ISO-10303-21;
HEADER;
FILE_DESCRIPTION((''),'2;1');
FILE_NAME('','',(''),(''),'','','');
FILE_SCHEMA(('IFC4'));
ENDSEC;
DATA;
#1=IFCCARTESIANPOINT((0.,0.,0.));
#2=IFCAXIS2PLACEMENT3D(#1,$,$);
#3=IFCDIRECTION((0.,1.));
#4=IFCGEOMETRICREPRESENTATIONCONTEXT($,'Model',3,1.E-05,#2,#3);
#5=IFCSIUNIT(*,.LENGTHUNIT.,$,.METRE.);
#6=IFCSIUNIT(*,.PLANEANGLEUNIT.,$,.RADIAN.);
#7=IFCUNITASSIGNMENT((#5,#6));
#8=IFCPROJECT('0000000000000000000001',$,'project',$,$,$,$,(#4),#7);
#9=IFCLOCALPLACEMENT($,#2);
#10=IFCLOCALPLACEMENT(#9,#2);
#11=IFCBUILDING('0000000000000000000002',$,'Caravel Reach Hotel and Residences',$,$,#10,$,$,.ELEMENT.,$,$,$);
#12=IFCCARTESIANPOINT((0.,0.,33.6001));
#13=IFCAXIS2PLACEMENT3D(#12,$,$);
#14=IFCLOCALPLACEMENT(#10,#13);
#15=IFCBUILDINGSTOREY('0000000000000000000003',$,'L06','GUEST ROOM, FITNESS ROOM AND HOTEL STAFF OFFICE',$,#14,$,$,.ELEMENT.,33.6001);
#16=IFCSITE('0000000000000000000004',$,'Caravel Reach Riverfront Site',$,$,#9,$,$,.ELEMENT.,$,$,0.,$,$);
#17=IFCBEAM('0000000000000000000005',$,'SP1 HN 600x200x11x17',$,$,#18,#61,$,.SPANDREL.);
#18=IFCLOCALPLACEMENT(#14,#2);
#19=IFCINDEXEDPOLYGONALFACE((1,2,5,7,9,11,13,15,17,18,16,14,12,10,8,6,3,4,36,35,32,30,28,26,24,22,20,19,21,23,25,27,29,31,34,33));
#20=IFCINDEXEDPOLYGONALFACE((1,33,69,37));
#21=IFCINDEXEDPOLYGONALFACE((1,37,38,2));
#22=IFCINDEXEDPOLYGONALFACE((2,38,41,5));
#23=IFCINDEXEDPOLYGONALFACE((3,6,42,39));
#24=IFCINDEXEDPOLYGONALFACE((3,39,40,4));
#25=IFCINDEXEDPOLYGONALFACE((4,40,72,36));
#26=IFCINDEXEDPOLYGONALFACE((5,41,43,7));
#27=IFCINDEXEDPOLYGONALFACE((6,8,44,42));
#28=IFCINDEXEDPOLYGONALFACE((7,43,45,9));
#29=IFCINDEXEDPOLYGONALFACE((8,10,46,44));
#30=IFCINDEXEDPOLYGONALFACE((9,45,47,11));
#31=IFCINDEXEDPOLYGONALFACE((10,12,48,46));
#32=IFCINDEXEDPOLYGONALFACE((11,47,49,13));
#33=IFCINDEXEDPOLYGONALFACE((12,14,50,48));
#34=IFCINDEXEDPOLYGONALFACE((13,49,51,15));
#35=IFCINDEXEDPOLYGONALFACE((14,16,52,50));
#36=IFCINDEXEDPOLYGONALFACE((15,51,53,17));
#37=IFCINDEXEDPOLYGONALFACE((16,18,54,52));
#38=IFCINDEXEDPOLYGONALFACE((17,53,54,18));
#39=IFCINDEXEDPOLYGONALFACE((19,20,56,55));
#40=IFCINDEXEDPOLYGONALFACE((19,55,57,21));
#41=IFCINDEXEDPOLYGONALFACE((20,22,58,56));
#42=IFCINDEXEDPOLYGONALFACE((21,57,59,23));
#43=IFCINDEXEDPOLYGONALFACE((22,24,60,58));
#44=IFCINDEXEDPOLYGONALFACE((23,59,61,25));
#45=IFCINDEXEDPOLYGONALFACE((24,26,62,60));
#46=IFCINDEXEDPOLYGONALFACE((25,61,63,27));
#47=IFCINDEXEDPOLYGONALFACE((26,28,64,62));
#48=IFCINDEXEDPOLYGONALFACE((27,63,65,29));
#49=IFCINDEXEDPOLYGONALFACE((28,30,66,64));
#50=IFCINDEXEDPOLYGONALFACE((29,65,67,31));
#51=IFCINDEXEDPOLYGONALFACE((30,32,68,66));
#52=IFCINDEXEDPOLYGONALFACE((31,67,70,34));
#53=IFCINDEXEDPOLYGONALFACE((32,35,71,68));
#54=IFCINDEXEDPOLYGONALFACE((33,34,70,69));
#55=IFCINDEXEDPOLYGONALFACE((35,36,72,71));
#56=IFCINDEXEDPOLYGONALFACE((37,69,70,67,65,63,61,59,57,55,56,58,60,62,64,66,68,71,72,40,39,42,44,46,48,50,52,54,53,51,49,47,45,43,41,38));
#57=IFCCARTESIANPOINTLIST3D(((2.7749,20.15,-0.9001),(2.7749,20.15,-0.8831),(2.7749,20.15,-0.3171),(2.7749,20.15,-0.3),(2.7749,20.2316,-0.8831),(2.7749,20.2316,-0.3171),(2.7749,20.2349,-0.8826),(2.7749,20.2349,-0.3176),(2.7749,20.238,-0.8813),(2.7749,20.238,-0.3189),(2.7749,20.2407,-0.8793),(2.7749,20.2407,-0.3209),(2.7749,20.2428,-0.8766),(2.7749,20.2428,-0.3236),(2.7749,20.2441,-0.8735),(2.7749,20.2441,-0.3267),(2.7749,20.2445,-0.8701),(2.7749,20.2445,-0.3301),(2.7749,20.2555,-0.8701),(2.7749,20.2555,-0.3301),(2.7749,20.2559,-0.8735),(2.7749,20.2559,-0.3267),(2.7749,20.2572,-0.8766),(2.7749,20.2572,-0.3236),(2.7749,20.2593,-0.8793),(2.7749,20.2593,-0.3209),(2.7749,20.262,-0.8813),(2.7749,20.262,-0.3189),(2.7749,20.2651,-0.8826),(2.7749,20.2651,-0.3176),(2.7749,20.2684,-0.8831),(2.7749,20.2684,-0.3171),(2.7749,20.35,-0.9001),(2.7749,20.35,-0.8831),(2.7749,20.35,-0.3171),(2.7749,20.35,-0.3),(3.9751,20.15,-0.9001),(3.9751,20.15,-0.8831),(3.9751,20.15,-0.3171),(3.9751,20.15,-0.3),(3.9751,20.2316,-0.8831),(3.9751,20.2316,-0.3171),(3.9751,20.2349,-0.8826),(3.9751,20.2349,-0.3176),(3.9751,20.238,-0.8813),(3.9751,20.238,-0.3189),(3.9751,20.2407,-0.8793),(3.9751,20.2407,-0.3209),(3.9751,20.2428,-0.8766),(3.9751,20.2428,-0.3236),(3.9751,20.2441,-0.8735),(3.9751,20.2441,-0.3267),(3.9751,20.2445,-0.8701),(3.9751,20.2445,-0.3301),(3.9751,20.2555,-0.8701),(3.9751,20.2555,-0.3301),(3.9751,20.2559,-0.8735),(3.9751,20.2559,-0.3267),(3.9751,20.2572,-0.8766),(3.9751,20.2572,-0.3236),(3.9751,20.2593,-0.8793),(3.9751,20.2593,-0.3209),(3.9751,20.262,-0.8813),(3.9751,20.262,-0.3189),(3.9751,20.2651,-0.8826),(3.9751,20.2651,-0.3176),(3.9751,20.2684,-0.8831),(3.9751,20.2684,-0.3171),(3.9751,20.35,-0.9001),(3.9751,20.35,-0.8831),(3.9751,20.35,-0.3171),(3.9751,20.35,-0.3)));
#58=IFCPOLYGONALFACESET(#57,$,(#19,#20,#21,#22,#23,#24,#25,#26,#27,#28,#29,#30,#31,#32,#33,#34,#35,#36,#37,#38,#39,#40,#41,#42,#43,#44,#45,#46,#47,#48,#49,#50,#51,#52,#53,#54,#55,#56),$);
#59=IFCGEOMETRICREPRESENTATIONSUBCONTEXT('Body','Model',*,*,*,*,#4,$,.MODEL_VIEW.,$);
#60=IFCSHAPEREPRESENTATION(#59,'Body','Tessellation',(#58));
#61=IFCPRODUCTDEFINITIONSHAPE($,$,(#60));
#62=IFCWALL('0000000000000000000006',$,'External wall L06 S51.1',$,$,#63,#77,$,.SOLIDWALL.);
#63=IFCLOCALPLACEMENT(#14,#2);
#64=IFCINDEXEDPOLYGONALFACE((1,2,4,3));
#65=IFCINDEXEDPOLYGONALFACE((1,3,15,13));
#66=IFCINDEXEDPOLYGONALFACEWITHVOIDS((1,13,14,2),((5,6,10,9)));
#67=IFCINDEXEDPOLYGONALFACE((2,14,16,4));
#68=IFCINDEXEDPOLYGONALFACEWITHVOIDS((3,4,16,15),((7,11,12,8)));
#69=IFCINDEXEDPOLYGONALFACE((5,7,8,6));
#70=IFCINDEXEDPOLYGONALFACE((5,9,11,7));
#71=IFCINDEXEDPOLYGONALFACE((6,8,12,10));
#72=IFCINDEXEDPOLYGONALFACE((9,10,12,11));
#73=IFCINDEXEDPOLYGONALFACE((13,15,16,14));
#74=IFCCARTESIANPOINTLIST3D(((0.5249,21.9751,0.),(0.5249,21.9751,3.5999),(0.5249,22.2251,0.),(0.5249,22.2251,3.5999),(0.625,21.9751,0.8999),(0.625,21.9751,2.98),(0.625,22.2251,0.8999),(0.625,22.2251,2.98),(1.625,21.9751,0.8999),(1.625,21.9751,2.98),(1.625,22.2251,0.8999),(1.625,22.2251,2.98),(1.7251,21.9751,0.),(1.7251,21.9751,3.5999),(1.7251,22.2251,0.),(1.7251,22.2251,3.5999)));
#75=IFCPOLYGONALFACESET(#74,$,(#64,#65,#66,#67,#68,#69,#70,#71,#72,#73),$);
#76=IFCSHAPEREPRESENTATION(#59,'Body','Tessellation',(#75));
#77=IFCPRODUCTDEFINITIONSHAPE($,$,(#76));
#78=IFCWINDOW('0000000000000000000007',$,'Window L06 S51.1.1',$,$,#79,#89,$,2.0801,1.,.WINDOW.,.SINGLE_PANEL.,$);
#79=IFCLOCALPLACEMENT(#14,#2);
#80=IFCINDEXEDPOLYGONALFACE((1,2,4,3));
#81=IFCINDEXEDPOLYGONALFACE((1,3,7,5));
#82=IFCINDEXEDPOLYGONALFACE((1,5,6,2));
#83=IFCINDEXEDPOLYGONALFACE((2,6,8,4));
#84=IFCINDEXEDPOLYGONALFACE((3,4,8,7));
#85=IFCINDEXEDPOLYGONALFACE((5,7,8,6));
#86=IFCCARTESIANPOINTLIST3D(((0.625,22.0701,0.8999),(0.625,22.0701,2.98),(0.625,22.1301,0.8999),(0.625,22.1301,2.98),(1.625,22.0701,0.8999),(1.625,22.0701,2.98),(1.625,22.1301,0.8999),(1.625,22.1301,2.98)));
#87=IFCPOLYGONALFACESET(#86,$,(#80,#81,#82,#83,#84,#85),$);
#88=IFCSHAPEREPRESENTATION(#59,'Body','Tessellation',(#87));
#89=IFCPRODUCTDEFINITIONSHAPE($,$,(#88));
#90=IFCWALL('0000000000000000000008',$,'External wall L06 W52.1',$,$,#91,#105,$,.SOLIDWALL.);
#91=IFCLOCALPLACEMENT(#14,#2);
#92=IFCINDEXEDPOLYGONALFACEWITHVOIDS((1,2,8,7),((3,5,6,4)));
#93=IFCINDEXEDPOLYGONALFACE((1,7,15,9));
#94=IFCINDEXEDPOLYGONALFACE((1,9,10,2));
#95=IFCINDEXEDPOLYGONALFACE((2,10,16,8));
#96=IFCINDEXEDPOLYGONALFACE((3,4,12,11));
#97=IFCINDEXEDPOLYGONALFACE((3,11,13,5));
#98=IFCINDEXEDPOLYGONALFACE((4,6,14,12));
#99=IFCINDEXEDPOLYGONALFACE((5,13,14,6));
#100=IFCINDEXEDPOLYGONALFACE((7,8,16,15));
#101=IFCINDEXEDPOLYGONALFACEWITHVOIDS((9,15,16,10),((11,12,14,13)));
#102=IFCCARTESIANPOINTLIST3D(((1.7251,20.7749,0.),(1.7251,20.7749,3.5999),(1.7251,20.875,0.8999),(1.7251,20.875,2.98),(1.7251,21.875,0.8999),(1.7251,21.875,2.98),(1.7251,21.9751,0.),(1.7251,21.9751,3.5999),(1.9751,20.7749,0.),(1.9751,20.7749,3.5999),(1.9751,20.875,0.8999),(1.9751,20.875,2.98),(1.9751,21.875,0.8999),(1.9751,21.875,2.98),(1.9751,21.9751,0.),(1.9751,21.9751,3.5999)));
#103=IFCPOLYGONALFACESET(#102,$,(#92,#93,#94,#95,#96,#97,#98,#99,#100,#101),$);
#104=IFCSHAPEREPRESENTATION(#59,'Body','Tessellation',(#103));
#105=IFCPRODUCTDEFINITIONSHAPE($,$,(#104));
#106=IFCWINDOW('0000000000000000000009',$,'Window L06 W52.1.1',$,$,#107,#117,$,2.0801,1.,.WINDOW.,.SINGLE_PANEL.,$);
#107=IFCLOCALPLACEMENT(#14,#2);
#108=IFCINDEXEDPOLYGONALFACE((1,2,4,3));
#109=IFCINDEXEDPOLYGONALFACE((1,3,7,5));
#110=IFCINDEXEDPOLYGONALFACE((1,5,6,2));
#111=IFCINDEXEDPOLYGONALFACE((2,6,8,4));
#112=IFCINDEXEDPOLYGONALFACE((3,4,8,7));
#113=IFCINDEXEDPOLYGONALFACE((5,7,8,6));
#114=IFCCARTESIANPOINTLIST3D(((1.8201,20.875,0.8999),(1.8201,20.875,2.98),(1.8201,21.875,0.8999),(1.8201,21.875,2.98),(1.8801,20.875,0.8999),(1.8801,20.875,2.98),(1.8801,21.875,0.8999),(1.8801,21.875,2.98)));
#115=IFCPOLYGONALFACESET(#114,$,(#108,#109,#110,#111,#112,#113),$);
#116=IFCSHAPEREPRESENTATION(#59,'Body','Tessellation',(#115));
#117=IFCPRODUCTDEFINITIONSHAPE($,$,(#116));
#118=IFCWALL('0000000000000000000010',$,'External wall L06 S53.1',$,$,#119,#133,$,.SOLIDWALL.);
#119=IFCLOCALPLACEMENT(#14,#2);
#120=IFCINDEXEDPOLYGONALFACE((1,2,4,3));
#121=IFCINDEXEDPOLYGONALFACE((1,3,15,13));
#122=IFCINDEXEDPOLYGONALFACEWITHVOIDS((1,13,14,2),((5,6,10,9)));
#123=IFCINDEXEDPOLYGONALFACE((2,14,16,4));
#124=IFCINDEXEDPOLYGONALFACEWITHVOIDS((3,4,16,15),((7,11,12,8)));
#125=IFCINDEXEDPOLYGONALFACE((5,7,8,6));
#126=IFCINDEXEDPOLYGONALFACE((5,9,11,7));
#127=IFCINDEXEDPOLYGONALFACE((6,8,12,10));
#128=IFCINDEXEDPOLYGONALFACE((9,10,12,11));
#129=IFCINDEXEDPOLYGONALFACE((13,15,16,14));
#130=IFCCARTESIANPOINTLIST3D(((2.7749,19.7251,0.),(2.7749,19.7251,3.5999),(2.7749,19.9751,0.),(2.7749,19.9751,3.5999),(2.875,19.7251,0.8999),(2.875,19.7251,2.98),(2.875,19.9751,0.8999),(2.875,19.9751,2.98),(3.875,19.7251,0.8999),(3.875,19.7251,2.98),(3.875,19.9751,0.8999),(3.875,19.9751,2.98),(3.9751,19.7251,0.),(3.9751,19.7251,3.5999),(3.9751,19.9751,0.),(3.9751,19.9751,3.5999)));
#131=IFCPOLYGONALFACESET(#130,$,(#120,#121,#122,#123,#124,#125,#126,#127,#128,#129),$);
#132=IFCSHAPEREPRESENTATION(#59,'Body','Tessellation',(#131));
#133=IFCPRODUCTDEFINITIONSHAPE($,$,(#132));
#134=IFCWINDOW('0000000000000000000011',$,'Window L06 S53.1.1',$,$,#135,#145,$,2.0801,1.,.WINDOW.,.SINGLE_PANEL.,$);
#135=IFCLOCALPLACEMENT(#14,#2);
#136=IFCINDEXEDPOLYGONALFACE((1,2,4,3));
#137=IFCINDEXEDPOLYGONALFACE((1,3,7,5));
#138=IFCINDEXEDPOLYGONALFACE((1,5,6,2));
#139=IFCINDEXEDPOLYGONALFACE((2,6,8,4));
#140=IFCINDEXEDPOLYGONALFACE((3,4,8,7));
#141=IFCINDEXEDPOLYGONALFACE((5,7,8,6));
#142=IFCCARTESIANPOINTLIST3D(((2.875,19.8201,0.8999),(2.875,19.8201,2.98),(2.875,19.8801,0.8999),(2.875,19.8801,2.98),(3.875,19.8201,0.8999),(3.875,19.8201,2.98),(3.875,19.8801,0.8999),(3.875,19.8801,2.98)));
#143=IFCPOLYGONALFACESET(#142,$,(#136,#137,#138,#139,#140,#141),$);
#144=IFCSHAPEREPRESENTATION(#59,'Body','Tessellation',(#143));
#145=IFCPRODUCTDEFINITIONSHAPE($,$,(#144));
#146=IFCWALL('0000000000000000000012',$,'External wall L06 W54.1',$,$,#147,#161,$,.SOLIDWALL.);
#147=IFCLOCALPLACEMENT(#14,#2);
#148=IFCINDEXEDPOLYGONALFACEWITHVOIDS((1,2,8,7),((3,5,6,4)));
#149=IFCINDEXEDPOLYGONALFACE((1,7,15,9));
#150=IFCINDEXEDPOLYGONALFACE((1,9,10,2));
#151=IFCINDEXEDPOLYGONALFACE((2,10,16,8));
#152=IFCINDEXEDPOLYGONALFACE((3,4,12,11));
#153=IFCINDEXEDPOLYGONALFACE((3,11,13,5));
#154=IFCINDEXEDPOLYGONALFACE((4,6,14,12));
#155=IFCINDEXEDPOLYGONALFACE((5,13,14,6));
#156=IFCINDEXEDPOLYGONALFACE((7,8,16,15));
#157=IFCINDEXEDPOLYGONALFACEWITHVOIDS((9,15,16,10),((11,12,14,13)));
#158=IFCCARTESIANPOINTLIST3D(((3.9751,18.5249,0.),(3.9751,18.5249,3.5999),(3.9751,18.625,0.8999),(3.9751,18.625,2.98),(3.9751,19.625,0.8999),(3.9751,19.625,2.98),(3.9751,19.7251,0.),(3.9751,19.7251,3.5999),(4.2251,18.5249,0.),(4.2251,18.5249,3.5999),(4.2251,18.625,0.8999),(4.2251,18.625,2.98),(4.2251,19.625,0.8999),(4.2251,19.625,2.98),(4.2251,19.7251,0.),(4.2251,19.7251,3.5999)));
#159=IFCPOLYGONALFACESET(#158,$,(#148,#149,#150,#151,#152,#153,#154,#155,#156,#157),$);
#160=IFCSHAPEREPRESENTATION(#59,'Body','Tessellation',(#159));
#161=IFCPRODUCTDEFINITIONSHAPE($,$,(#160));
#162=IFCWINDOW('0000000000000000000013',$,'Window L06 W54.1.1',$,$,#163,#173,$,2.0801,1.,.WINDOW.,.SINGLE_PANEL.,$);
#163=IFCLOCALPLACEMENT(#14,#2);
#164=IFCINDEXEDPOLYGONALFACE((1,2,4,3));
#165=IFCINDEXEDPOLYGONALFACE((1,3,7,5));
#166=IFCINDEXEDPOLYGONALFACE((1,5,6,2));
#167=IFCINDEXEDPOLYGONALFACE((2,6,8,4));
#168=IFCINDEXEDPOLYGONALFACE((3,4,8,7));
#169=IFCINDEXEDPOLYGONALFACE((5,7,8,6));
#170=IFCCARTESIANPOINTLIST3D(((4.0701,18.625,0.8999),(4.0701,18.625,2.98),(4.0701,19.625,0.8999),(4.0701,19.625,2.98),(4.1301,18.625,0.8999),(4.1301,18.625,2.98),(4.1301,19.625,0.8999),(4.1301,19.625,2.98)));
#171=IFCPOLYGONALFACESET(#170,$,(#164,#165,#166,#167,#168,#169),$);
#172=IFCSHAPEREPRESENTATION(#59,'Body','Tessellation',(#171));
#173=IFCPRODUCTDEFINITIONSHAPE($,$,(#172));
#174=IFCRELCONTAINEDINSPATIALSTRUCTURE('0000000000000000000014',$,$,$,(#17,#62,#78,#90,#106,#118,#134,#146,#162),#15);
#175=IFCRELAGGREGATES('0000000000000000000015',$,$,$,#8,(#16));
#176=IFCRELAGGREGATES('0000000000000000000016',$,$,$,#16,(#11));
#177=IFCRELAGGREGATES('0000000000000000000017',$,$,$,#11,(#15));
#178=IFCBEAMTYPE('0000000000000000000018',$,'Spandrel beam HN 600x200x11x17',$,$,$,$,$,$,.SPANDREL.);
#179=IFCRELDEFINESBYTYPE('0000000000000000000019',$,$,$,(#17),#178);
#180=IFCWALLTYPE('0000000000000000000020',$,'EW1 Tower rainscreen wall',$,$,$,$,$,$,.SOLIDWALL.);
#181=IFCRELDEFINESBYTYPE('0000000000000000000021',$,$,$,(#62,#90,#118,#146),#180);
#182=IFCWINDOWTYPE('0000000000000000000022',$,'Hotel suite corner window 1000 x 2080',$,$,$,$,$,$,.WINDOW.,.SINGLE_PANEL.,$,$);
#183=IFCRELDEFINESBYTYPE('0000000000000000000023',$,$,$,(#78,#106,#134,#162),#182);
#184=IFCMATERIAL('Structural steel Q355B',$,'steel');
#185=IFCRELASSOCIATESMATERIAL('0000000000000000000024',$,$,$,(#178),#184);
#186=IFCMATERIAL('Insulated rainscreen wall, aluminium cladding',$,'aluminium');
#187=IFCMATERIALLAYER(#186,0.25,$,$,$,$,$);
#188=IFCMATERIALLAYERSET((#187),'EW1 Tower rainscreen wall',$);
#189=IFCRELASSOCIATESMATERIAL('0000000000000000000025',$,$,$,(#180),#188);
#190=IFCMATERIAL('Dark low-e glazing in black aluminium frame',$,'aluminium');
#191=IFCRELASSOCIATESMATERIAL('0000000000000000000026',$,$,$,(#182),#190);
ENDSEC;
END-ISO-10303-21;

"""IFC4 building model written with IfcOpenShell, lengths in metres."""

from ifc_helpers import new_model, si_unit, direction, frame, frame_2d, origin, origin_2d, place, context, subcontext, project, spatial, rectangle, i_section, extrude, material, layer, layer_set, material_profile, profile_set, type_object, element, fill, save


model = new_model("IFC4")

# Units and contexts
model_context = context("Model", 3, precision=1e-05, world=origin(), true_north=direction((0.0, 1.0)))
body_context = subcontext(model_context, "Body", "Model", "MODEL_VIEW")
ifc_project = project(units=[si_unit("LENGTHUNIT", "METRE"), si_unit("PLANEANGLEUNIT", "RADIAN")], contexts=[model_context])

# Site, building, storey
site_placement = place(None, origin())
site = spatial("IfcSite", under=ifc_project, at=site_placement, Name="Caravel Reach Riverfront Site", CompositionType="ELEMENT", RefElevation=0.0)
building_placement = place(site_placement, origin())
building = spatial("IfcBuilding", under=site, at=building_placement, Name="Caravel Reach Hotel and Residences", CompositionType="ELEMENT")
storey_placement = place(building_placement, frame((0.0, 0.0, 33.6001)))
storey = spatial("IfcBuildingStorey", under=building, at=storey_placement, Name="L06", Description="GUEST ROOM, FITNESS ROOM AND HOTEL STAFF OFFICE", CompositionType="ELEMENT", Elevation=33.6001)

# Beam
ifc_material_1 = material(Name="Structural steel Q355B", Category="steel")
ifc_material_profile_1 = material_profile(ifc_material_1, i_section(OverallWidth=0.2, OverallDepth=0.6001, WebThickness=0.011, FlangeThickness=0.0171, FilletRadius=0.0129, at=origin_2d()), Name="HN 600x200x11x17")
ifc_profile_set_1 = profile_set([ifc_material_profile_1], Name="Structural steel Q355B")
beam_type_1 = type_object("IfcBeamType", Name="Spandrel beam HN 600x200x11x17", PredefinedType="SPANDREL", material=ifc_profile_set_1)
for number, where, z_axis, x_axis, name in (
    (1, (2.7749, 20.25, -0.6001), (1.0, 0.0, 0.0), (0.0, 1.0, 0.0), "SP1 HN 600x200x11x17"),
):
    element("IfcBeam", number, at=place(storey_placement, frame(where, z_axis=z_axis, x_axis=x_axis)), inside=storey, type_object=beam_type_1, Name=name, PredefinedType="SPANDREL", context=body_context, shape_type="SweptSolid", body=[
        extrude(i_section(OverallWidth=0.2, OverallDepth=0.6001, WebThickness=0.011, FlangeThickness=0.0171, FilletRadius=0.0129, at=origin_2d()), origin(), (0.0, 0.0, 1.0), 1.2002),
    ])

# Walls, openings, windows
ifc_material_2 = material(Name="Insulated rainscreen wall, aluminium cladding", Category="aluminium")
ifc_layer = layer(ifc_material_2, 0.25)
ifc_layer_set = layer_set([ifc_layer], Name="EW1 Tower rainscreen wall")
wall_type = type_object("IfcWallType", Name="EW1 Tower rainscreen wall", PredefinedType="SOLIDWALL", material=ifc_layer_set)
wall_1_placement = place(storey_placement, frame((0.5249, 22.1001, 0.0), z_axis=(0.0, 0.0, 1.0), x_axis=(1.0, 0.0, 0.0)))
wall_1 = element("IfcWall", 2, at=wall_1_placement, inside=storey, type_object=wall_type, Name="External wall L06 S51.1", PredefinedType="SOLIDWALL", context=body_context, shape_type="SweptSolid", body=[
    extrude(rectangle(XDim=1.2002, YDim=0.25, at=frame_2d((0.6001, 0.0))), origin(), (0.0, 0.0, 1.0), 3.5999),
])
opening_1_placement = place(wall_1_placement, frame((0.1001, 0.0, 0.8999)))
opening_1 = element("IfcOpeningElement", 3, at=opening_1_placement, cuts=wall_1, PredefinedType="OPENING", context=body_context, shape_type="SweptSolid", body=[
    extrude(rectangle(XDim=1.0, YDim=2.0801, at=frame_2d((0.5, 1.04))), frame((0.0, 0.135, 0.0), z_axis=(0.0, -1.0, 0.0), x_axis=(1.0, 0.0, 0.0)), (0.0, 0.0, 1.0), 0.27),
])
ifc_material_3 = material(Name="Dark low-e glazing in black aluminium frame", Category="aluminium")
window_type = type_object("IfcWindowType", Name="Hotel suite corner window 1000 x 2080", PartitioningType="SINGLE_PANEL", PredefinedType="WINDOW", material=ifc_material_3)
window_1_placement = place(opening_1_placement, origin())
window_1 = element("IfcWindow", 4, at=window_1_placement, inside=storey, type_object=window_type, Name="Window L06 S51.1.1", OverallHeight=2.0801, OverallWidth=1.0, PartitioningType="SINGLE_PANEL", PredefinedType="WINDOW", context=body_context, shape_type="SweptSolid", body=[
    extrude(rectangle(XDim=1.0, YDim=2.0801, at=frame_2d((0.5, 1.04))), frame((0.0, 0.03, 0.0), z_axis=(0.0, -1.0, 0.0), x_axis=(1.0, 0.0, 0.0)), (0.0, 0.0, 1.0), 0.0601),
])
fill(opening_1, window_1)
wall_2_placement = place(storey_placement, frame((1.8501, 21.9751, 0.0), z_axis=(0.0, 0.0, 1.0), x_axis=(0.0, -1.0, 0.0)))
wall_2 = element("IfcWall", 5, at=wall_2_placement, inside=storey, type_object=wall_type, Name="External wall L06 W52.1", PredefinedType="SOLIDWALL", context=body_context, shape_type="SweptSolid", body=[
    extrude(rectangle(XDim=1.2002, YDim=0.25, at=frame_2d((0.6001, 0.0))), origin(), (0.0, 0.0, 1.0), 3.5999),
])
opening_2_placement = place(wall_2_placement, frame((0.1001, 0.0, 0.8999)))
opening_2 = element("IfcOpeningElement", 6, at=opening_2_placement, cuts=wall_2, PredefinedType="OPENING", context=body_context, shape_type="SweptSolid", body=[
    extrude(rectangle(XDim=1.0, YDim=2.0801, at=frame_2d((0.5, 1.04))), frame((0.0, 0.135, 0.0), z_axis=(0.0, -1.0, 0.0), x_axis=(1.0, 0.0, 0.0)), (0.0, 0.0, 1.0), 0.27),
])
window_2_placement = place(opening_2_placement, origin())
window_2 = element("IfcWindow", 7, at=window_2_placement, inside=storey, type_object=window_type, Name="Window L06 W52.1.1", OverallHeight=2.0801, OverallWidth=1.0, PartitioningType="SINGLE_PANEL", PredefinedType="WINDOW", context=body_context, shape_type="SweptSolid", body=[
    extrude(rectangle(XDim=1.0, YDim=2.0801, at=frame_2d((0.5, 1.04))), frame((0.0, 0.03, 0.0), z_axis=(0.0, -1.0, 0.0), x_axis=(1.0, 0.0, 0.0)), (0.0, 0.0, 1.0), 0.0601),
])
fill(opening_2, window_2)
wall_3_placement = place(storey_placement, frame((2.7749, 19.8501, 0.0), z_axis=(0.0, 0.0, 1.0), x_axis=(1.0, 0.0, 0.0)))
wall_3 = element("IfcWall", 8, at=wall_3_placement, inside=storey, type_object=wall_type, Name="External wall L06 S53.1", PredefinedType="SOLIDWALL", context=body_context, shape_type="SweptSolid", body=[
    extrude(rectangle(XDim=1.2002, YDim=0.25, at=frame_2d((0.6001, 0.0))), origin(), (0.0, 0.0, 1.0), 3.5999),
])
opening_3_placement = place(wall_3_placement, frame((0.1001, 0.0, 0.8999)))
opening_3 = element("IfcOpeningElement", 9, at=opening_3_placement, cuts=wall_3, PredefinedType="OPENING", context=body_context, shape_type="SweptSolid", body=[
    extrude(rectangle(XDim=1.0, YDim=2.0801, at=frame_2d((0.5, 1.04))), frame((0.0, 0.135, 0.0), z_axis=(0.0, -1.0, 0.0), x_axis=(1.0, 0.0, 0.0)), (0.0, 0.0, 1.0), 0.27),
])
window_3_placement = place(opening_3_placement, origin())
window_3 = element("IfcWindow", 10, at=window_3_placement, inside=storey, type_object=window_type, Name="Window L06 S53.1.1", OverallHeight=2.0801, OverallWidth=1.0, PartitioningType="SINGLE_PANEL", PredefinedType="WINDOW", context=body_context, shape_type="SweptSolid", body=[
    extrude(rectangle(XDim=1.0, YDim=2.0801, at=frame_2d((0.5, 1.04))), frame((0.0, 0.03, 0.0), z_axis=(0.0, -1.0, 0.0), x_axis=(1.0, 0.0, 0.0)), (0.0, 0.0, 1.0), 0.0601),
])
fill(opening_3, window_3)
wall_4_placement = place(storey_placement, frame((4.1001, 19.7251, 0.0), z_axis=(0.0, 0.0, 1.0), x_axis=(0.0, -1.0, 0.0)))
wall_4 = element("IfcWall", 11, at=wall_4_placement, inside=storey, type_object=wall_type, Name="External wall L06 W54.1", PredefinedType="SOLIDWALL", context=body_context, shape_type="SweptSolid", body=[
    extrude(rectangle(XDim=1.2002, YDim=0.25, at=frame_2d((0.6001, 0.0))), origin(), (0.0, 0.0, 1.0), 3.5999),
])
opening_4_placement = place(wall_4_placement, frame((0.1001, 0.0, 0.8999)))
opening_4 = element("IfcOpeningElement", 12, at=opening_4_placement, cuts=wall_4, PredefinedType="OPENING", context=body_context, shape_type="SweptSolid", body=[
    extrude(rectangle(XDim=1.0, YDim=2.0801, at=frame_2d((0.5, 1.04))), frame((0.0, 0.135, 0.0), z_axis=(0.0, -1.0, 0.0), x_axis=(1.0, 0.0, 0.0)), (0.0, 0.0, 1.0), 0.27),
])
window_4_placement = place(opening_4_placement, origin())
window_4 = element("IfcWindow", 13, at=window_4_placement, inside=storey, type_object=window_type, Name="Window L06 W54.1.1", OverallHeight=2.0801, OverallWidth=1.0, PartitioningType="SINGLE_PANEL", PredefinedType="WINDOW", context=body_context, shape_type="SweptSolid", body=[
    extrude(rectangle(XDim=1.0, YDim=2.0801, at=frame_2d((0.5, 1.04))), frame((0.0, 0.03, 0.0), z_axis=(0.0, -1.0, 0.0), x_axis=(1.0, 0.0, 0.0)), (0.0, 0.0, 1.0), 0.0601),
])
fill(opening_4, window_4)

save(model, "model.ifc")
